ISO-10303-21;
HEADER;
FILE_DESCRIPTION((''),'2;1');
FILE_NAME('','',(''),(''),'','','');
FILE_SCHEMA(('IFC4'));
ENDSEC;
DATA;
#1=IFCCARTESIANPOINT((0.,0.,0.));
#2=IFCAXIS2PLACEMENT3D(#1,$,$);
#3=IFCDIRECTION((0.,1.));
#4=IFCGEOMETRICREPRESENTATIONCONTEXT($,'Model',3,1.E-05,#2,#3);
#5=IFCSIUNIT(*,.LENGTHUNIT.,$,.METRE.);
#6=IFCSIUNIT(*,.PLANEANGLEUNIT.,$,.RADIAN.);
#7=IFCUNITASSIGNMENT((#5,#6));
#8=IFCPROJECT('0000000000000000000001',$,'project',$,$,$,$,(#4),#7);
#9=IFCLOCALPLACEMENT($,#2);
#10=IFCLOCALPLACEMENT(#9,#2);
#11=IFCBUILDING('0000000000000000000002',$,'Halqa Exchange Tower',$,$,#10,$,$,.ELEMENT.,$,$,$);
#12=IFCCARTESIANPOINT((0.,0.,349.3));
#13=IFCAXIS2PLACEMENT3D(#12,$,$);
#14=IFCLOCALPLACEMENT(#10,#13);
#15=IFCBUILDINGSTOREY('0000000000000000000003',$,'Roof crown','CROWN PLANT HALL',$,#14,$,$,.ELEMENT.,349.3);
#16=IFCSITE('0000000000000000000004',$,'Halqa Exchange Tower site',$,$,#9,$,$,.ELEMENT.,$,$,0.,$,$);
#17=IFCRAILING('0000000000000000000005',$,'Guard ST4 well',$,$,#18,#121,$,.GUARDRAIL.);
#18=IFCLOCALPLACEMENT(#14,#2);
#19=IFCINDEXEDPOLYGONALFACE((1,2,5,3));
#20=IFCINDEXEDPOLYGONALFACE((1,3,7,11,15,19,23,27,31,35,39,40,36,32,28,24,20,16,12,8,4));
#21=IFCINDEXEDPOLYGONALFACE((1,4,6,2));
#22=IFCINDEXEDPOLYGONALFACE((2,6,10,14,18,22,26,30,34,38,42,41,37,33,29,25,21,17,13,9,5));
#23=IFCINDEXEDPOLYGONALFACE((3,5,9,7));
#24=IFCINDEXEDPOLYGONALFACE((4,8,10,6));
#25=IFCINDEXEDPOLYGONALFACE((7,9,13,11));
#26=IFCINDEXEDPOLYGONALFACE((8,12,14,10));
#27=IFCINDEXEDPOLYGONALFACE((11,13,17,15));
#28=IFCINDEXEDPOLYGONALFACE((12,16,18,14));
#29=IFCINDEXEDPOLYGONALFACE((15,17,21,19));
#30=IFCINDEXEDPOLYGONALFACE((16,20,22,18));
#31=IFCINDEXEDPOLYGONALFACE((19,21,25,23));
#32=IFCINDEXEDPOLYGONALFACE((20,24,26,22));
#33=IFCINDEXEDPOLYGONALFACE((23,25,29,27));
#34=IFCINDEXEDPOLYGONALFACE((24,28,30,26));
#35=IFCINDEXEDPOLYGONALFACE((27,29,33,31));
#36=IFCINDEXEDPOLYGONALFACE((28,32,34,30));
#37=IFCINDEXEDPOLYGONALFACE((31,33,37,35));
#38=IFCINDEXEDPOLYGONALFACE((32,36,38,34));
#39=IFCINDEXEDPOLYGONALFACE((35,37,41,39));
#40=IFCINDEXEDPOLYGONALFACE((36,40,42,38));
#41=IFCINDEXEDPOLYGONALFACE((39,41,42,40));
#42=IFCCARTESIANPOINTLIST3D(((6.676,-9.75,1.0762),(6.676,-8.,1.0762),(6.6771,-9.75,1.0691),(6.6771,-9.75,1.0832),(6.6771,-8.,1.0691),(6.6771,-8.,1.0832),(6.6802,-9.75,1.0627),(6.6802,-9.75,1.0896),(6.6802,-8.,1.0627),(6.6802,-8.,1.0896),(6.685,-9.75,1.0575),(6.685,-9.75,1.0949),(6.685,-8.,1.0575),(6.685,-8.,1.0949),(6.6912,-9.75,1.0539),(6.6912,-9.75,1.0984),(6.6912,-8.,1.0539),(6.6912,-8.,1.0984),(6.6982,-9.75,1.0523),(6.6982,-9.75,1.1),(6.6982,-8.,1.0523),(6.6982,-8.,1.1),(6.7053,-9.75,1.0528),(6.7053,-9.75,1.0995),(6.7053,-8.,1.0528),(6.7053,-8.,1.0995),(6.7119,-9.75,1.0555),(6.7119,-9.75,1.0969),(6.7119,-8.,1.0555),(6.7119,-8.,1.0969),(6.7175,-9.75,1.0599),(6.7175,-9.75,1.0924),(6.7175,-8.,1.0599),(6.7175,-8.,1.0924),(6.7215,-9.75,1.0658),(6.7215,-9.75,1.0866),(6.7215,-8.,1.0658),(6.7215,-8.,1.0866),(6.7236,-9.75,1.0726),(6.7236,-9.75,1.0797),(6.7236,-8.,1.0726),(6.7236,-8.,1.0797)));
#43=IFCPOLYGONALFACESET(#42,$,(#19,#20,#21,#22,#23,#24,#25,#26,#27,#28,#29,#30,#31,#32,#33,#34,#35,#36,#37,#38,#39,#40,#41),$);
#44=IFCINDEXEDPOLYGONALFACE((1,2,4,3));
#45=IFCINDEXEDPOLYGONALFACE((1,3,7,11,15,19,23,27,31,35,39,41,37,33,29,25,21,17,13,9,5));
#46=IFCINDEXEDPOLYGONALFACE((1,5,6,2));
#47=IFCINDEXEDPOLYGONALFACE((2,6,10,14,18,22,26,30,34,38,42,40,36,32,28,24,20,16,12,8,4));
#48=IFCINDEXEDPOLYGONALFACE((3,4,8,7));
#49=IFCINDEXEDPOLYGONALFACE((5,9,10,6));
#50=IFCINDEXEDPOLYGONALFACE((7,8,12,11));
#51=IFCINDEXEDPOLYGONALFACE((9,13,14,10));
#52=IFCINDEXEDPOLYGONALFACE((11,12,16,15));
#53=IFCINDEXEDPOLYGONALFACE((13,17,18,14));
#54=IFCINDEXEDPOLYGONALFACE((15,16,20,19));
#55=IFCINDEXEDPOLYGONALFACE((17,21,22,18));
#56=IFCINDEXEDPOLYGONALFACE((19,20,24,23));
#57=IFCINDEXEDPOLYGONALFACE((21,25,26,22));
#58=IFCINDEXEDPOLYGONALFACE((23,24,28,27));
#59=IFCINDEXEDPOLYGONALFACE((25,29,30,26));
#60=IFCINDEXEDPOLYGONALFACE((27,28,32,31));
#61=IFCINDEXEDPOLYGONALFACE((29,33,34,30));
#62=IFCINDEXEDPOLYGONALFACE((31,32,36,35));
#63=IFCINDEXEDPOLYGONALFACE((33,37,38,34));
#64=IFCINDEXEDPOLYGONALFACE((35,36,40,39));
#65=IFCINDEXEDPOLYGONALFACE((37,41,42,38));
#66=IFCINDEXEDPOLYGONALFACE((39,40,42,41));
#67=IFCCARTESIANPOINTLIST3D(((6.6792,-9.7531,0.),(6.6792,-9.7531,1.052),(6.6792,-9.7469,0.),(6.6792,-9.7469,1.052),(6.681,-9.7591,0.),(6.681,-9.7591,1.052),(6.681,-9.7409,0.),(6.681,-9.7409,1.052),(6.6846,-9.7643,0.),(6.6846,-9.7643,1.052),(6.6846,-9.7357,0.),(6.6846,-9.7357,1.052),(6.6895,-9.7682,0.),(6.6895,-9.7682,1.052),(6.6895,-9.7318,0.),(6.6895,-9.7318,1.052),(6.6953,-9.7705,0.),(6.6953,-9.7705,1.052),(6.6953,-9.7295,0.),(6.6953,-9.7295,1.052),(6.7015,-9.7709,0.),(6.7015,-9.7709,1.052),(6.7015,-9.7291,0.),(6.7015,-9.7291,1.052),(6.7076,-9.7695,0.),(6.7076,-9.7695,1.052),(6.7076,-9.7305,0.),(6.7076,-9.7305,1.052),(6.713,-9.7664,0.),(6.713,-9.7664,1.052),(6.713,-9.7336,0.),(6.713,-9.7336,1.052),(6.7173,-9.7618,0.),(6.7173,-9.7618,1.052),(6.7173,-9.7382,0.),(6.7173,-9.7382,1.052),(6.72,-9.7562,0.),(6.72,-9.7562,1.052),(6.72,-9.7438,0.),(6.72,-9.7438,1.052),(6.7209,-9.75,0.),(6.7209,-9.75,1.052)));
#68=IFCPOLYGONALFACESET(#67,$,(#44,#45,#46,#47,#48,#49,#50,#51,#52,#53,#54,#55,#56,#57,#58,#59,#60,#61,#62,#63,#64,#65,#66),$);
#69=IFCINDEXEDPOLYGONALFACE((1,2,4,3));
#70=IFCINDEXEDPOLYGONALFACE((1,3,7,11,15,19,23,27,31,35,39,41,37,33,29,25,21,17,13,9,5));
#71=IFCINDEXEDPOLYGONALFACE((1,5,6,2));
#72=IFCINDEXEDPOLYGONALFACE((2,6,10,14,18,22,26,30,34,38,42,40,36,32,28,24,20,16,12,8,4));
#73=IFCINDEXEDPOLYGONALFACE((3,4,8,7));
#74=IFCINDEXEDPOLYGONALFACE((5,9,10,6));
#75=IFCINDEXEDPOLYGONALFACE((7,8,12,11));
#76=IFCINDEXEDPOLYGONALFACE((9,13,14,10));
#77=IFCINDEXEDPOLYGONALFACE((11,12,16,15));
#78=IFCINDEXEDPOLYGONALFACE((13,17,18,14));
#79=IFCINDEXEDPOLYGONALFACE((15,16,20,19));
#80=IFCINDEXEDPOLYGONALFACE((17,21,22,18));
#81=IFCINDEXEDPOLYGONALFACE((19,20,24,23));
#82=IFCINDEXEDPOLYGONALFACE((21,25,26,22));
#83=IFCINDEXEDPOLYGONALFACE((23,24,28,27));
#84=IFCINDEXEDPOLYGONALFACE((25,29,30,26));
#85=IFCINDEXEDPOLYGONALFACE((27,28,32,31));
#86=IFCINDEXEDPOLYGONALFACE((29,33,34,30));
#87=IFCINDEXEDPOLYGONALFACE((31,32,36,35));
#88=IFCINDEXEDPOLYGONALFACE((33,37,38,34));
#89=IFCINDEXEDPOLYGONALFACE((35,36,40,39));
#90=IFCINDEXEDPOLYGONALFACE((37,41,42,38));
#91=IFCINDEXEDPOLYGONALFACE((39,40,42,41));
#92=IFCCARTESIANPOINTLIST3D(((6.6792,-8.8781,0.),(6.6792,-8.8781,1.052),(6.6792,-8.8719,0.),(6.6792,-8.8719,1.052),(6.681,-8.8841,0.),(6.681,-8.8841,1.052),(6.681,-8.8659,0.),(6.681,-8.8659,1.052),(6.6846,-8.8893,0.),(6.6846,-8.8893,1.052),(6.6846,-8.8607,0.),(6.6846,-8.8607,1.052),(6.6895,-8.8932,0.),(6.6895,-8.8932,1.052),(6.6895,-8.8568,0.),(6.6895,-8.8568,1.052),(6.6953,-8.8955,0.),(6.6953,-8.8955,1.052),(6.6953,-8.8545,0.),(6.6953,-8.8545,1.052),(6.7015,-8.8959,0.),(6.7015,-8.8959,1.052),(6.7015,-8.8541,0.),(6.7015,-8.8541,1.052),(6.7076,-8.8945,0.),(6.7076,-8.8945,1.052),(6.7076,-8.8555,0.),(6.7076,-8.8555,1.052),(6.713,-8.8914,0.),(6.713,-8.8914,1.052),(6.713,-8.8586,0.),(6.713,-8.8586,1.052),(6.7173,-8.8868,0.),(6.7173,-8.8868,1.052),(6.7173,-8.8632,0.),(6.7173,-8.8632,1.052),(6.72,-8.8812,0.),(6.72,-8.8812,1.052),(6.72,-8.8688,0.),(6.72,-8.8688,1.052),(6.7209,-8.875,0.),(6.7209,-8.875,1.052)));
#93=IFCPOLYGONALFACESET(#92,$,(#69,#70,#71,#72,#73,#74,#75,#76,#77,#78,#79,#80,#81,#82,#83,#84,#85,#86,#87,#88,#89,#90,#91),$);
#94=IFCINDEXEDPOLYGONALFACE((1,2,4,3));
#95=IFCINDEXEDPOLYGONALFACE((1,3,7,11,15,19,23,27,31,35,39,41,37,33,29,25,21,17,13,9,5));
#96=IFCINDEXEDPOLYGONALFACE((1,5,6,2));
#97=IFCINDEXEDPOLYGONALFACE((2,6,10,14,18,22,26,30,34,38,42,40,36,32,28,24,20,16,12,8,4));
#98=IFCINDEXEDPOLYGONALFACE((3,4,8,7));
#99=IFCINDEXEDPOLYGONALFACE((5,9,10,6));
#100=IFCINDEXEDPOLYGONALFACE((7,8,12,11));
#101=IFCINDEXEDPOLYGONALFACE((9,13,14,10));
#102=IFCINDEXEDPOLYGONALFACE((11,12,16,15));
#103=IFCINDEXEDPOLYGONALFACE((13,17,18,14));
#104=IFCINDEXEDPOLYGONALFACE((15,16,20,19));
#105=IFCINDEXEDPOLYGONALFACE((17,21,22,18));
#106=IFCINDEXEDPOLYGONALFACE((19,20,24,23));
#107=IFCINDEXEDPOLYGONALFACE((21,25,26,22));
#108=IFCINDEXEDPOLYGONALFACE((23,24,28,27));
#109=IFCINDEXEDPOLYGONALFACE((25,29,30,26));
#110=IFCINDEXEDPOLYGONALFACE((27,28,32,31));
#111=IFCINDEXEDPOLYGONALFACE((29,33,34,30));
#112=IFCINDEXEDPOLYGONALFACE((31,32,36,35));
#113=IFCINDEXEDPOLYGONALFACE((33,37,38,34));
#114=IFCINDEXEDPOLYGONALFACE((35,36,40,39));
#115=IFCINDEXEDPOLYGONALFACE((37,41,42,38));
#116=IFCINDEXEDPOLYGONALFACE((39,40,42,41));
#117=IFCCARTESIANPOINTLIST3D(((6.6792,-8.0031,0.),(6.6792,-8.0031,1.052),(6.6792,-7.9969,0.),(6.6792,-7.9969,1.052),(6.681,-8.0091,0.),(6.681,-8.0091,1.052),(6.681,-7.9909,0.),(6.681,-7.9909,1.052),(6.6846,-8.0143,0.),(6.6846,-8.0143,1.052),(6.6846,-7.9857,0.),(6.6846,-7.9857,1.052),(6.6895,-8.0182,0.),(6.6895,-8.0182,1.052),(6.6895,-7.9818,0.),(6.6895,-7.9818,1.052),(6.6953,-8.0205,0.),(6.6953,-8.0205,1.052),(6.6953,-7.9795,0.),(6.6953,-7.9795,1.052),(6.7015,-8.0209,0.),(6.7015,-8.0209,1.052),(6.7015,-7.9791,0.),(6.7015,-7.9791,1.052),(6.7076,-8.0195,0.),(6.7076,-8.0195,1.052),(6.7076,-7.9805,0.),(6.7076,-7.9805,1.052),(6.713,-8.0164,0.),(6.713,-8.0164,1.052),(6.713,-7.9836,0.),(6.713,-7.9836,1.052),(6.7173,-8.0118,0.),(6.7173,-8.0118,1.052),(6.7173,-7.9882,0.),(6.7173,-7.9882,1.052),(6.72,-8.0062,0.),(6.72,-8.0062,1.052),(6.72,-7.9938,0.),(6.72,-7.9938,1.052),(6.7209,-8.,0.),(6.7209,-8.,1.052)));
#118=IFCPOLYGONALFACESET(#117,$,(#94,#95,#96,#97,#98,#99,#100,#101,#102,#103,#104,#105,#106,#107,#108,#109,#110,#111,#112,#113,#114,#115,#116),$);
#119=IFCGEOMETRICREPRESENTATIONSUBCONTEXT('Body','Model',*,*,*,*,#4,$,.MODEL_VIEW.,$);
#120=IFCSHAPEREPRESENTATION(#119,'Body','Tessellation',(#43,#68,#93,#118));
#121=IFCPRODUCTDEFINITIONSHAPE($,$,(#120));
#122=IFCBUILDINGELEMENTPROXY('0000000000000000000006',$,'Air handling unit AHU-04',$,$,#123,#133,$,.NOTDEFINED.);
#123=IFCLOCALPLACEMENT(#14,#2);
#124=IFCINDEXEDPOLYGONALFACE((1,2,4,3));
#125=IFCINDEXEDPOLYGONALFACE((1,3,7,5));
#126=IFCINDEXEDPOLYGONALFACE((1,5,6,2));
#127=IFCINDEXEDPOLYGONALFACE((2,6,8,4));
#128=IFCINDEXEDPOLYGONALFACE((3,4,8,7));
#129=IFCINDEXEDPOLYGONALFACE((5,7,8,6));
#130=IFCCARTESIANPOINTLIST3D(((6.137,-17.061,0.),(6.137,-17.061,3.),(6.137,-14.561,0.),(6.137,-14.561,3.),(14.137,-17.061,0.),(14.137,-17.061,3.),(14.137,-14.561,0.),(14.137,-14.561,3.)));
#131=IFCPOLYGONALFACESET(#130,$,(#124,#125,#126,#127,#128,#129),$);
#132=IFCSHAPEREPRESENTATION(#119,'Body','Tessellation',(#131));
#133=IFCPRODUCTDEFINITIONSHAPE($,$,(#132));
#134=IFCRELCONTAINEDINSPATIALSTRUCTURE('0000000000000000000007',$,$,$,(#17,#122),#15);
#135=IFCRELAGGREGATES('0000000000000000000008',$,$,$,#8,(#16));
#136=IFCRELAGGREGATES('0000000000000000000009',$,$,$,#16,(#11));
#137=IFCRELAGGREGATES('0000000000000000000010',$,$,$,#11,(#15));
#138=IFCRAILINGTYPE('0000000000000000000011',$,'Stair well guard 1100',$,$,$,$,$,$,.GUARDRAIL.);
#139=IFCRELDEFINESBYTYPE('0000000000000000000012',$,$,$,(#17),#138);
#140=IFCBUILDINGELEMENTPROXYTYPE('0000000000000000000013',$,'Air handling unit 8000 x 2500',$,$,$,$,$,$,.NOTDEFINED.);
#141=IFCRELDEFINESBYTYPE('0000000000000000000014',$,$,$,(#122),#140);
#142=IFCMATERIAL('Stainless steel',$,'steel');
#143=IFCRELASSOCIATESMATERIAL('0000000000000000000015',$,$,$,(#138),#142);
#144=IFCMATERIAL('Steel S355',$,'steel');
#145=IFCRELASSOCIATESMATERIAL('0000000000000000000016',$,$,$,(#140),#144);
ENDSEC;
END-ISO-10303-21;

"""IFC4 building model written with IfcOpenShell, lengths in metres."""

from ifc_helpers import new_model, si_unit, direction, frame, origin, origin_2d, place, context, subcontext, project, spatial, rectangle, circle, extrude, material, type_object, element, save


model = new_model("IFC4")

# Units and contexts
model_context = context("Model", 3, precision=1e-05, world=origin(), true_north=direction((0.0, 1.0)))
body_context = subcontext(model_context, "Body", "Model", "MODEL_VIEW")
ifc_project = project(units=[si_unit("LENGTHUNIT", "METRE"), si_unit("PLANEANGLEUNIT", "RADIAN")], contexts=[model_context])

# Site, building, storey
site_placement = place(None, origin())
site = spatial("IfcSite", under=ifc_project, at=site_placement, Name="Halqa Exchange Tower site", CompositionType="ELEMENT", RefElevation=0.0)
building_placement = place(site_placement, origin())
building = spatial("IfcBuilding", under=site, at=building_placement, Name="Halqa Exchange Tower", CompositionType="ELEMENT")
storey_placement = place(building_placement, frame((0.0, 0.0, 349.3)))
storey = spatial("IfcBuildingStorey", under=building, at=storey_placement, Name="Roof crown", Description="CROWN PLANT HALL", CompositionType="ELEMENT", Elevation=349.3)

# Shared definitions
ifc_material_1 = material(Name="Steel S355", Category="steel")

# Shared definitions
ifc_material_2 = material(Name="Stainless steel", Category="steel")

# Railing
railing_type = type_object("IfcRailingType", Name="Stair well guard 1100", PredefinedType="GUARDRAIL", material=ifc_material_2)
railing_placement = place(storey_placement, frame((6.7, -9.75, 0.0)))
element("IfcRailing", 1, at=railing_placement, inside=storey, type_object=railing_type, Name="Guard ST4 well", PredefinedType="GUARDRAIL", context=body_context, shape_type="SweptSolid", body=[
    extrude(circle(Radius=0.0239, at=origin_2d()), frame((0.0, 0.0, 1.0762), z_axis=(0.0, 1.0, 0.0), x_axis=(-1.0, 0.0, 0.0)), (0.0, 0.0, 1.0), 1.75),
    extrude(circle(Radius=0.021, at=origin_2d()), origin(), (0.0, 0.0, 1.0), 1.052),
    extrude(circle(Radius=0.021, at=origin_2d()), frame((0.0, 0.875, 0.0)), (0.0, 0.0, 1.0), 1.052),
    extrude(circle(Radius=0.021, at=origin_2d()), frame((0.0, 1.75, 0.0)), (0.0, 0.0, 1.0), 1.052),
])

# Building element proxy
building_element_proxy_type = type_object("IfcBuildingElementProxyType", Name="Air handling unit 8000 x 2500", PredefinedType="NOTDEFINED", material=ifc_material_1)
proxy_placement = place(storey_placement, frame((10.137, -15.811, 0.0), z_axis=(0.0, 0.0, 1.0), x_axis=(1.0, 0.0, 0.0)))
element("IfcBuildingElementProxy", 2, at=proxy_placement, inside=storey, type_object=building_element_proxy_type, Name="Air handling unit AHU-04", PredefinedType="NOTDEFINED", context=body_context, shape_type="SweptSolid", body=[
    extrude(rectangle(XDim=8.0, YDim=2.5, at=origin_2d()), origin(), (0.0, 0.0, 1.0), 3.0),
])

save(model, "model.ifc")
